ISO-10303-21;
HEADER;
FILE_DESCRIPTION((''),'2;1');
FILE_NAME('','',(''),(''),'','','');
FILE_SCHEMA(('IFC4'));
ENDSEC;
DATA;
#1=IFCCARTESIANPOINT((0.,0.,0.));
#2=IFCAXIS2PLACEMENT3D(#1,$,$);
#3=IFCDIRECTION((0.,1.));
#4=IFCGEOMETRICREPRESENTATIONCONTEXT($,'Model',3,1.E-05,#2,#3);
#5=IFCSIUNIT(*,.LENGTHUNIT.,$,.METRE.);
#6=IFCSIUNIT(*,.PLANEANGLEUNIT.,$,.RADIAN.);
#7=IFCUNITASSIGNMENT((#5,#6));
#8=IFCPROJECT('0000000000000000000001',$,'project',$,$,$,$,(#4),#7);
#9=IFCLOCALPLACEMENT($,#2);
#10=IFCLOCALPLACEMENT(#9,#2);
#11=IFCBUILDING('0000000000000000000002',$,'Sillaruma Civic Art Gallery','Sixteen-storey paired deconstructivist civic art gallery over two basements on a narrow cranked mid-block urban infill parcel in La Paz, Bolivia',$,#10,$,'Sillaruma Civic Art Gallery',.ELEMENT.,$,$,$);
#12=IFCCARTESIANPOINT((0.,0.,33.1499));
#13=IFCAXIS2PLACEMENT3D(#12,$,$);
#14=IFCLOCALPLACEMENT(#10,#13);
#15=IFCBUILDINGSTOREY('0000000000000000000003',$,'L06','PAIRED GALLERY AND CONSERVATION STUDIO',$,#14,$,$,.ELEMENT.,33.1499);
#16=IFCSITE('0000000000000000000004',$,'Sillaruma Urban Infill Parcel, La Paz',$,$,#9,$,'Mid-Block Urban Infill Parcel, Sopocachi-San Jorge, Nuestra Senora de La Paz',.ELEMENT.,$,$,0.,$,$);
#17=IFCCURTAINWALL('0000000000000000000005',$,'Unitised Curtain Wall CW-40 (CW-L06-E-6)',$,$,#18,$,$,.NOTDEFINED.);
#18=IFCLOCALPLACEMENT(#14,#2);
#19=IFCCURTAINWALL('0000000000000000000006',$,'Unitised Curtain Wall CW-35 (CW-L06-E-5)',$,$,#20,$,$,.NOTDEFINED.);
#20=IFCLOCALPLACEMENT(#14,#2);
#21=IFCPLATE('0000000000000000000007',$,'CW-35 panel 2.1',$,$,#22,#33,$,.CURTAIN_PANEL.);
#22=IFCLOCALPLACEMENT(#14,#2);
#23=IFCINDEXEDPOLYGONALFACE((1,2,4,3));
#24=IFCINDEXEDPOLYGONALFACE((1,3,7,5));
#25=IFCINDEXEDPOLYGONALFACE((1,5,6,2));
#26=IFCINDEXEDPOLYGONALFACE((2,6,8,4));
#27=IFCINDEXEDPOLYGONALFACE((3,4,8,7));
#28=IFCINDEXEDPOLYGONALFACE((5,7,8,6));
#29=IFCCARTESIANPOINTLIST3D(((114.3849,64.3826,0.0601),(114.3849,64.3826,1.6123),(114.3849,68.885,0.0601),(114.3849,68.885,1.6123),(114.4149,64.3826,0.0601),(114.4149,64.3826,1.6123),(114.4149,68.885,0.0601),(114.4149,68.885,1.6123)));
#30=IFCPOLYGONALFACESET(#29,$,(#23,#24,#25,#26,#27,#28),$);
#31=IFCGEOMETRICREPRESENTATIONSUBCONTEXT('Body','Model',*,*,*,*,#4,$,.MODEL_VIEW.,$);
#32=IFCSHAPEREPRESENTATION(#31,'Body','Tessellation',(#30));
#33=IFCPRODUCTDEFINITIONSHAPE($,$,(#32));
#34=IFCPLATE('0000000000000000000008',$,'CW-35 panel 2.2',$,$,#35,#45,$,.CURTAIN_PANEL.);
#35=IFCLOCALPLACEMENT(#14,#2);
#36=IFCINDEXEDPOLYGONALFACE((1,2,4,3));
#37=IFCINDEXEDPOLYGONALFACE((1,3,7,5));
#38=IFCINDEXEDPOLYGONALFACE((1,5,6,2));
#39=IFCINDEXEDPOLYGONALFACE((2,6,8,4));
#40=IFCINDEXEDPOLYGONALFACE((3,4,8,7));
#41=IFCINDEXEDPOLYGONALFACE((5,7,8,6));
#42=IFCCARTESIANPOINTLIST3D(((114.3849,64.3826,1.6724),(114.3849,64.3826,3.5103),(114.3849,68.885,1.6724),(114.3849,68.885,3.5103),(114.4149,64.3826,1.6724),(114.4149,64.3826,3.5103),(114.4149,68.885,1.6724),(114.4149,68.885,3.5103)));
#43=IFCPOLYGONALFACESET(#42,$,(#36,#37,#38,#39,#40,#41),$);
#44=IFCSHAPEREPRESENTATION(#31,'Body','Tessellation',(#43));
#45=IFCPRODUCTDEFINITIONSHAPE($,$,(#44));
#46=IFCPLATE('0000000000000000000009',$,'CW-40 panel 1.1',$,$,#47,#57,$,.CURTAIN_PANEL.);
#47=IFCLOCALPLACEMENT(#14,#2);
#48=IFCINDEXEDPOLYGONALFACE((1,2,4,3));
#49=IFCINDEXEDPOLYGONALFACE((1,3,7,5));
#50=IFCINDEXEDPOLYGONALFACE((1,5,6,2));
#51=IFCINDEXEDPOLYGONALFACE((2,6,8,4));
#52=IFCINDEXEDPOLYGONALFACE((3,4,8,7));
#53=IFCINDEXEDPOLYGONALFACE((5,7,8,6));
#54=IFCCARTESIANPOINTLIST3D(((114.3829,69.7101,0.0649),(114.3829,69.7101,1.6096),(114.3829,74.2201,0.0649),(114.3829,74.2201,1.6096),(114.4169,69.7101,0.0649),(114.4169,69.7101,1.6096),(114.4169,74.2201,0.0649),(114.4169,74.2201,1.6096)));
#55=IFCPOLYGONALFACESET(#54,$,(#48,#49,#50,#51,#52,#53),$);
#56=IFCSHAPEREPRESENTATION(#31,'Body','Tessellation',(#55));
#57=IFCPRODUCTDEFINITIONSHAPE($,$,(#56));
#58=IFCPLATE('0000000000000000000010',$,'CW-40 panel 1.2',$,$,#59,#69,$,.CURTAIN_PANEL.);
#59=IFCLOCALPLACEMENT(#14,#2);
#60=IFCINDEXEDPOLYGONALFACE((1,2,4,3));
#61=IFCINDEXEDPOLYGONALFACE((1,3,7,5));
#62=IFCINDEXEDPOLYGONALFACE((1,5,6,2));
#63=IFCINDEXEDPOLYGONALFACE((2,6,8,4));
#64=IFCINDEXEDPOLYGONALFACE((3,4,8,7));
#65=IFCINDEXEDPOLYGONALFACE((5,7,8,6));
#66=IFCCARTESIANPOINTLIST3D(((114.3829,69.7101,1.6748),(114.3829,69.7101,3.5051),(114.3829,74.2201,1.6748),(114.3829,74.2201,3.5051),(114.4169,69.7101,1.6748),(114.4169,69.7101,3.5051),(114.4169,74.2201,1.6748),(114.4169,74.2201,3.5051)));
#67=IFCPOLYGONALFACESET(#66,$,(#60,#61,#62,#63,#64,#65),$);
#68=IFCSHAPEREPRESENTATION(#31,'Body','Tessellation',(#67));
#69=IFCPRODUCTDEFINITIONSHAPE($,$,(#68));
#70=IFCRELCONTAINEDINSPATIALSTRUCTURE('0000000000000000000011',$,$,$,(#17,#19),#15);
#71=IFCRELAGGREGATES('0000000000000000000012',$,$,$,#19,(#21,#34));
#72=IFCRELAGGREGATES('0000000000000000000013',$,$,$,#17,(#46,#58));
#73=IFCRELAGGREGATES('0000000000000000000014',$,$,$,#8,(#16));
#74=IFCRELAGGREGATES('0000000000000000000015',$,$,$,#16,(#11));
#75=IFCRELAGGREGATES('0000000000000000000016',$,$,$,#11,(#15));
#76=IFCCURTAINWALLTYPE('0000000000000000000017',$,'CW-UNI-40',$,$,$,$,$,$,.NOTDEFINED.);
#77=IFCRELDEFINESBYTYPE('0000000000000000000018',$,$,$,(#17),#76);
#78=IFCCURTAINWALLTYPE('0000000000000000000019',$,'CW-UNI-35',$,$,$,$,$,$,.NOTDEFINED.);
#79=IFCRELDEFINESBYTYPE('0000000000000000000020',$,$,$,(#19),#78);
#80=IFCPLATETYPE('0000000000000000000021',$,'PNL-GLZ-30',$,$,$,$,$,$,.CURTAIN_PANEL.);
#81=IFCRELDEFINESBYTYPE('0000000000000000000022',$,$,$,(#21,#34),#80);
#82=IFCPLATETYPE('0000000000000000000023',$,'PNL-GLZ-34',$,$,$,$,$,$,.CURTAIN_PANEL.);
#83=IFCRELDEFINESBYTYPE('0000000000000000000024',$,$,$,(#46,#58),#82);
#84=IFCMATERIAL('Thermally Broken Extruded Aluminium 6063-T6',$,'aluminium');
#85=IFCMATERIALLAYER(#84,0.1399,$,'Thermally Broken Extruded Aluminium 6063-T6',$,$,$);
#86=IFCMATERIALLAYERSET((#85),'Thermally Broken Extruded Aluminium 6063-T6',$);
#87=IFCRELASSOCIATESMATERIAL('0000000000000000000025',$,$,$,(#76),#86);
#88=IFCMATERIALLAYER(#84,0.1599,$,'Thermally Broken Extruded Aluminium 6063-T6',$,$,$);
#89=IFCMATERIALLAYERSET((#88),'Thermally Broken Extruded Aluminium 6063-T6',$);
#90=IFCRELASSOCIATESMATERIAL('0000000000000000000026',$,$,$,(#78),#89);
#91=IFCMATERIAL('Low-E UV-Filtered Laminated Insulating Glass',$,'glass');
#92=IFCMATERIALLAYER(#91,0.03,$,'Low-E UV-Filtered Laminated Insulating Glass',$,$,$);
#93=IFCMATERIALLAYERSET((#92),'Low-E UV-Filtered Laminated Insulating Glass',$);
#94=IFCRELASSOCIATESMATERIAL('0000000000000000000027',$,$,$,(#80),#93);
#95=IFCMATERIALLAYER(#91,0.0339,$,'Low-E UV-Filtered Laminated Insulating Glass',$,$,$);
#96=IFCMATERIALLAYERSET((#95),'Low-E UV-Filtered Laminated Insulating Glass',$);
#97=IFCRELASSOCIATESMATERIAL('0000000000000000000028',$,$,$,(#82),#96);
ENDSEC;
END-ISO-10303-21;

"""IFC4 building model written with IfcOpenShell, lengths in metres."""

from ifc_helpers import new_model, si_unit, direction, frame, origin, origin_2d, place, context, subcontext, project, spatial, rectangle, extrude, material, layer, layer_set, type_object, element, aggregate, save


model = new_model("IFC4")

# Units and contexts
model_context = context("Model", 3, precision=1e-05, world=origin(), true_north=direction((0.0, 1.0)))
body_context = subcontext(model_context, "Body", "Model", "MODEL_VIEW")
ifc_project = project(units=[si_unit("LENGTHUNIT", "METRE"), si_unit("PLANEANGLEUNIT", "RADIAN")], contexts=[model_context])

# Site, building, storey
site_placement = place(None, origin())
site = spatial("IfcSite", under=ifc_project, at=site_placement, Name="Sillaruma Urban Infill Parcel, La Paz", LongName="Mid-Block Urban Infill Parcel, Sopocachi-San Jorge, Nuestra Senora de La Paz", CompositionType="ELEMENT", RefElevation=0.0)
building_placement = place(site_placement, origin())
building = spatial("IfcBuilding", under=site, at=building_placement, Name="Sillaruma Civic Art Gallery", Description="Sixteen-storey paired deconstructivist civic art gallery over two basements on a narrow cranked mid-block urban infill parcel in La Paz, Bolivia", LongName="Sillaruma Civic Art Gallery", CompositionType="ELEMENT")
storey_placement = place(building_placement, frame((0.0, 0.0, 33.1499)))
storey = spatial("IfcBuildingStorey", under=building, at=storey_placement, Name="L06", Description="PAIRED GALLERY AND CONSERVATION STUDIO", CompositionType="ELEMENT", Elevation=33.1499)

# Curtain walls
ifc_material_1 = material(Name="Thermally Broken Extruded Aluminium 6063-T6", Category="aluminium")
ifc_layer_1 = layer(ifc_material_1, 0.1399, Name="Thermally Broken Extruded Aluminium 6063-T6")
ifc_layer_set_1 = layer_set([ifc_layer_1], Name="Thermally Broken Extruded Aluminium 6063-T6")
curtain_wall_type_1 = type_object("IfcCurtainWallType", Name="CW-UNI-40", PredefinedType="NOTDEFINED", material=ifc_layer_set_1)
curtain_wall_1_placement = place(storey_placement, origin())
curtain_wall_1 = element("IfcCurtainWall", 1, at=curtain_wall_1_placement, inside=storey, type_object=curtain_wall_type_1, Name="Unitised Curtain Wall CW-40 (CW-L06-E-6)", PredefinedType="NOTDEFINED")
ifc_layer_2 = layer(ifc_material_1, 0.1599, Name="Thermally Broken Extruded Aluminium 6063-T6")
ifc_layer_set_2 = layer_set([ifc_layer_2], Name="Thermally Broken Extruded Aluminium 6063-T6")
curtain_wall_type_2 = type_object("IfcCurtainWallType", Name="CW-UNI-35", PredefinedType="NOTDEFINED", material=ifc_layer_set_2)
curtain_wall_2_placement = place(storey_placement, origin())
curtain_wall_2 = element("IfcCurtainWall", 2, at=curtain_wall_2_placement, inside=storey, type_object=curtain_wall_type_2, Name="Unitised Curtain Wall CW-35 (CW-L06-E-5)", PredefinedType="NOTDEFINED")

# Plates
ifc_material_2 = material(Name="Low-E UV-Filtered Laminated Insulating Glass", Category="glass")
ifc_layer_3 = layer(ifc_material_2, 0.03, Name="Low-E UV-Filtered Laminated Insulating Glass")
ifc_layer_set_3 = layer_set([ifc_layer_3], Name="Low-E UV-Filtered Laminated Insulating Glass")
plate_type_1 = type_object("IfcPlateType", Name="PNL-GLZ-30", PredefinedType="CURTAIN_PANEL", material=ifc_layer_set_3)
plate_1_placement = place(storey_placement, frame((114.3999, 66.6338, 0.0601), z_axis=(0.0, 0.0, 1.0), x_axis=(0.0, 1.0, 0.0)))
plate_1 = element("IfcPlate", 3, at=plate_1_placement, type_object=plate_type_1, Name="CW-35 panel 2.1", PredefinedType="CURTAIN_PANEL", context=body_context, shape_type="SweptSolid", body=[
    extrude(rectangle(XDim=4.5024, YDim=0.03, at=origin_2d()), origin(), (0.0, 0.0, 1.0), 1.5522),
])
plate_2_placement = place(storey_placement, frame((114.3999, 66.6338, 1.6724), z_axis=(0.0, 0.0, 1.0), x_axis=(0.0, 1.0, 0.0)))
plate_2 = element("IfcPlate", 4, at=plate_2_placement, type_object=plate_type_1, Name="CW-35 panel 2.2", PredefinedType="CURTAIN_PANEL", context=body_context, shape_type="SweptSolid", body=[
    extrude(rectangle(XDim=4.5024, YDim=0.03, at=origin_2d()), origin(), (0.0, 0.0, 1.0), 1.8379),
])
aggregate(curtain_wall_2, [plate_1, plate_2])
ifc_layer_4 = layer(ifc_material_2, 0.0339, Name="Low-E UV-Filtered Laminated Insulating Glass")
ifc_layer_set_4 = layer_set([ifc_layer_4], Name="Low-E UV-Filtered Laminated Insulating Glass")
plate_type_2 = type_object("IfcPlateType", Name="PNL-GLZ-34", PredefinedType="CURTAIN_PANEL", material=ifc_layer_set_4)
plate_3_placement = place(storey_placement, frame((114.3999, 71.9651, 0.0649), z_axis=(0.0, 0.0, 1.0), x_axis=(0.0, 1.0, 0.0)))
plate_3 = element("IfcPlate", 5, at=plate_3_placement, type_object=plate_type_2, Name="CW-40 panel 1.1", PredefinedType="CURTAIN_PANEL", context=body_context, shape_type="SweptSolid", body=[
    extrude(rectangle(XDim=4.51, YDim=0.0339, at=origin_2d()), origin(), (0.0, 0.0, 1.0), 1.5447),
])
plate_4_placement = place(storey_placement, frame((114.3999, 71.9651, 1.6748), z_axis=(0.0, 0.0, 1.0), x_axis=(0.0, 1.0, 0.0)))
plate_4 = element("IfcPlate", 6, at=plate_4_placement, type_object=plate_type_2, Name="CW-40 panel 1.2", PredefinedType="CURTAIN_PANEL", context=body_context, shape_type="SweptSolid", body=[
    extrude(rectangle(XDim=4.51, YDim=0.0339, at=origin_2d()), origin(), (0.0, 0.0, 1.0), 1.8303),
])
aggregate(curtain_wall_1, [plate_3, plate_4])

save(model, "model.ifc")
